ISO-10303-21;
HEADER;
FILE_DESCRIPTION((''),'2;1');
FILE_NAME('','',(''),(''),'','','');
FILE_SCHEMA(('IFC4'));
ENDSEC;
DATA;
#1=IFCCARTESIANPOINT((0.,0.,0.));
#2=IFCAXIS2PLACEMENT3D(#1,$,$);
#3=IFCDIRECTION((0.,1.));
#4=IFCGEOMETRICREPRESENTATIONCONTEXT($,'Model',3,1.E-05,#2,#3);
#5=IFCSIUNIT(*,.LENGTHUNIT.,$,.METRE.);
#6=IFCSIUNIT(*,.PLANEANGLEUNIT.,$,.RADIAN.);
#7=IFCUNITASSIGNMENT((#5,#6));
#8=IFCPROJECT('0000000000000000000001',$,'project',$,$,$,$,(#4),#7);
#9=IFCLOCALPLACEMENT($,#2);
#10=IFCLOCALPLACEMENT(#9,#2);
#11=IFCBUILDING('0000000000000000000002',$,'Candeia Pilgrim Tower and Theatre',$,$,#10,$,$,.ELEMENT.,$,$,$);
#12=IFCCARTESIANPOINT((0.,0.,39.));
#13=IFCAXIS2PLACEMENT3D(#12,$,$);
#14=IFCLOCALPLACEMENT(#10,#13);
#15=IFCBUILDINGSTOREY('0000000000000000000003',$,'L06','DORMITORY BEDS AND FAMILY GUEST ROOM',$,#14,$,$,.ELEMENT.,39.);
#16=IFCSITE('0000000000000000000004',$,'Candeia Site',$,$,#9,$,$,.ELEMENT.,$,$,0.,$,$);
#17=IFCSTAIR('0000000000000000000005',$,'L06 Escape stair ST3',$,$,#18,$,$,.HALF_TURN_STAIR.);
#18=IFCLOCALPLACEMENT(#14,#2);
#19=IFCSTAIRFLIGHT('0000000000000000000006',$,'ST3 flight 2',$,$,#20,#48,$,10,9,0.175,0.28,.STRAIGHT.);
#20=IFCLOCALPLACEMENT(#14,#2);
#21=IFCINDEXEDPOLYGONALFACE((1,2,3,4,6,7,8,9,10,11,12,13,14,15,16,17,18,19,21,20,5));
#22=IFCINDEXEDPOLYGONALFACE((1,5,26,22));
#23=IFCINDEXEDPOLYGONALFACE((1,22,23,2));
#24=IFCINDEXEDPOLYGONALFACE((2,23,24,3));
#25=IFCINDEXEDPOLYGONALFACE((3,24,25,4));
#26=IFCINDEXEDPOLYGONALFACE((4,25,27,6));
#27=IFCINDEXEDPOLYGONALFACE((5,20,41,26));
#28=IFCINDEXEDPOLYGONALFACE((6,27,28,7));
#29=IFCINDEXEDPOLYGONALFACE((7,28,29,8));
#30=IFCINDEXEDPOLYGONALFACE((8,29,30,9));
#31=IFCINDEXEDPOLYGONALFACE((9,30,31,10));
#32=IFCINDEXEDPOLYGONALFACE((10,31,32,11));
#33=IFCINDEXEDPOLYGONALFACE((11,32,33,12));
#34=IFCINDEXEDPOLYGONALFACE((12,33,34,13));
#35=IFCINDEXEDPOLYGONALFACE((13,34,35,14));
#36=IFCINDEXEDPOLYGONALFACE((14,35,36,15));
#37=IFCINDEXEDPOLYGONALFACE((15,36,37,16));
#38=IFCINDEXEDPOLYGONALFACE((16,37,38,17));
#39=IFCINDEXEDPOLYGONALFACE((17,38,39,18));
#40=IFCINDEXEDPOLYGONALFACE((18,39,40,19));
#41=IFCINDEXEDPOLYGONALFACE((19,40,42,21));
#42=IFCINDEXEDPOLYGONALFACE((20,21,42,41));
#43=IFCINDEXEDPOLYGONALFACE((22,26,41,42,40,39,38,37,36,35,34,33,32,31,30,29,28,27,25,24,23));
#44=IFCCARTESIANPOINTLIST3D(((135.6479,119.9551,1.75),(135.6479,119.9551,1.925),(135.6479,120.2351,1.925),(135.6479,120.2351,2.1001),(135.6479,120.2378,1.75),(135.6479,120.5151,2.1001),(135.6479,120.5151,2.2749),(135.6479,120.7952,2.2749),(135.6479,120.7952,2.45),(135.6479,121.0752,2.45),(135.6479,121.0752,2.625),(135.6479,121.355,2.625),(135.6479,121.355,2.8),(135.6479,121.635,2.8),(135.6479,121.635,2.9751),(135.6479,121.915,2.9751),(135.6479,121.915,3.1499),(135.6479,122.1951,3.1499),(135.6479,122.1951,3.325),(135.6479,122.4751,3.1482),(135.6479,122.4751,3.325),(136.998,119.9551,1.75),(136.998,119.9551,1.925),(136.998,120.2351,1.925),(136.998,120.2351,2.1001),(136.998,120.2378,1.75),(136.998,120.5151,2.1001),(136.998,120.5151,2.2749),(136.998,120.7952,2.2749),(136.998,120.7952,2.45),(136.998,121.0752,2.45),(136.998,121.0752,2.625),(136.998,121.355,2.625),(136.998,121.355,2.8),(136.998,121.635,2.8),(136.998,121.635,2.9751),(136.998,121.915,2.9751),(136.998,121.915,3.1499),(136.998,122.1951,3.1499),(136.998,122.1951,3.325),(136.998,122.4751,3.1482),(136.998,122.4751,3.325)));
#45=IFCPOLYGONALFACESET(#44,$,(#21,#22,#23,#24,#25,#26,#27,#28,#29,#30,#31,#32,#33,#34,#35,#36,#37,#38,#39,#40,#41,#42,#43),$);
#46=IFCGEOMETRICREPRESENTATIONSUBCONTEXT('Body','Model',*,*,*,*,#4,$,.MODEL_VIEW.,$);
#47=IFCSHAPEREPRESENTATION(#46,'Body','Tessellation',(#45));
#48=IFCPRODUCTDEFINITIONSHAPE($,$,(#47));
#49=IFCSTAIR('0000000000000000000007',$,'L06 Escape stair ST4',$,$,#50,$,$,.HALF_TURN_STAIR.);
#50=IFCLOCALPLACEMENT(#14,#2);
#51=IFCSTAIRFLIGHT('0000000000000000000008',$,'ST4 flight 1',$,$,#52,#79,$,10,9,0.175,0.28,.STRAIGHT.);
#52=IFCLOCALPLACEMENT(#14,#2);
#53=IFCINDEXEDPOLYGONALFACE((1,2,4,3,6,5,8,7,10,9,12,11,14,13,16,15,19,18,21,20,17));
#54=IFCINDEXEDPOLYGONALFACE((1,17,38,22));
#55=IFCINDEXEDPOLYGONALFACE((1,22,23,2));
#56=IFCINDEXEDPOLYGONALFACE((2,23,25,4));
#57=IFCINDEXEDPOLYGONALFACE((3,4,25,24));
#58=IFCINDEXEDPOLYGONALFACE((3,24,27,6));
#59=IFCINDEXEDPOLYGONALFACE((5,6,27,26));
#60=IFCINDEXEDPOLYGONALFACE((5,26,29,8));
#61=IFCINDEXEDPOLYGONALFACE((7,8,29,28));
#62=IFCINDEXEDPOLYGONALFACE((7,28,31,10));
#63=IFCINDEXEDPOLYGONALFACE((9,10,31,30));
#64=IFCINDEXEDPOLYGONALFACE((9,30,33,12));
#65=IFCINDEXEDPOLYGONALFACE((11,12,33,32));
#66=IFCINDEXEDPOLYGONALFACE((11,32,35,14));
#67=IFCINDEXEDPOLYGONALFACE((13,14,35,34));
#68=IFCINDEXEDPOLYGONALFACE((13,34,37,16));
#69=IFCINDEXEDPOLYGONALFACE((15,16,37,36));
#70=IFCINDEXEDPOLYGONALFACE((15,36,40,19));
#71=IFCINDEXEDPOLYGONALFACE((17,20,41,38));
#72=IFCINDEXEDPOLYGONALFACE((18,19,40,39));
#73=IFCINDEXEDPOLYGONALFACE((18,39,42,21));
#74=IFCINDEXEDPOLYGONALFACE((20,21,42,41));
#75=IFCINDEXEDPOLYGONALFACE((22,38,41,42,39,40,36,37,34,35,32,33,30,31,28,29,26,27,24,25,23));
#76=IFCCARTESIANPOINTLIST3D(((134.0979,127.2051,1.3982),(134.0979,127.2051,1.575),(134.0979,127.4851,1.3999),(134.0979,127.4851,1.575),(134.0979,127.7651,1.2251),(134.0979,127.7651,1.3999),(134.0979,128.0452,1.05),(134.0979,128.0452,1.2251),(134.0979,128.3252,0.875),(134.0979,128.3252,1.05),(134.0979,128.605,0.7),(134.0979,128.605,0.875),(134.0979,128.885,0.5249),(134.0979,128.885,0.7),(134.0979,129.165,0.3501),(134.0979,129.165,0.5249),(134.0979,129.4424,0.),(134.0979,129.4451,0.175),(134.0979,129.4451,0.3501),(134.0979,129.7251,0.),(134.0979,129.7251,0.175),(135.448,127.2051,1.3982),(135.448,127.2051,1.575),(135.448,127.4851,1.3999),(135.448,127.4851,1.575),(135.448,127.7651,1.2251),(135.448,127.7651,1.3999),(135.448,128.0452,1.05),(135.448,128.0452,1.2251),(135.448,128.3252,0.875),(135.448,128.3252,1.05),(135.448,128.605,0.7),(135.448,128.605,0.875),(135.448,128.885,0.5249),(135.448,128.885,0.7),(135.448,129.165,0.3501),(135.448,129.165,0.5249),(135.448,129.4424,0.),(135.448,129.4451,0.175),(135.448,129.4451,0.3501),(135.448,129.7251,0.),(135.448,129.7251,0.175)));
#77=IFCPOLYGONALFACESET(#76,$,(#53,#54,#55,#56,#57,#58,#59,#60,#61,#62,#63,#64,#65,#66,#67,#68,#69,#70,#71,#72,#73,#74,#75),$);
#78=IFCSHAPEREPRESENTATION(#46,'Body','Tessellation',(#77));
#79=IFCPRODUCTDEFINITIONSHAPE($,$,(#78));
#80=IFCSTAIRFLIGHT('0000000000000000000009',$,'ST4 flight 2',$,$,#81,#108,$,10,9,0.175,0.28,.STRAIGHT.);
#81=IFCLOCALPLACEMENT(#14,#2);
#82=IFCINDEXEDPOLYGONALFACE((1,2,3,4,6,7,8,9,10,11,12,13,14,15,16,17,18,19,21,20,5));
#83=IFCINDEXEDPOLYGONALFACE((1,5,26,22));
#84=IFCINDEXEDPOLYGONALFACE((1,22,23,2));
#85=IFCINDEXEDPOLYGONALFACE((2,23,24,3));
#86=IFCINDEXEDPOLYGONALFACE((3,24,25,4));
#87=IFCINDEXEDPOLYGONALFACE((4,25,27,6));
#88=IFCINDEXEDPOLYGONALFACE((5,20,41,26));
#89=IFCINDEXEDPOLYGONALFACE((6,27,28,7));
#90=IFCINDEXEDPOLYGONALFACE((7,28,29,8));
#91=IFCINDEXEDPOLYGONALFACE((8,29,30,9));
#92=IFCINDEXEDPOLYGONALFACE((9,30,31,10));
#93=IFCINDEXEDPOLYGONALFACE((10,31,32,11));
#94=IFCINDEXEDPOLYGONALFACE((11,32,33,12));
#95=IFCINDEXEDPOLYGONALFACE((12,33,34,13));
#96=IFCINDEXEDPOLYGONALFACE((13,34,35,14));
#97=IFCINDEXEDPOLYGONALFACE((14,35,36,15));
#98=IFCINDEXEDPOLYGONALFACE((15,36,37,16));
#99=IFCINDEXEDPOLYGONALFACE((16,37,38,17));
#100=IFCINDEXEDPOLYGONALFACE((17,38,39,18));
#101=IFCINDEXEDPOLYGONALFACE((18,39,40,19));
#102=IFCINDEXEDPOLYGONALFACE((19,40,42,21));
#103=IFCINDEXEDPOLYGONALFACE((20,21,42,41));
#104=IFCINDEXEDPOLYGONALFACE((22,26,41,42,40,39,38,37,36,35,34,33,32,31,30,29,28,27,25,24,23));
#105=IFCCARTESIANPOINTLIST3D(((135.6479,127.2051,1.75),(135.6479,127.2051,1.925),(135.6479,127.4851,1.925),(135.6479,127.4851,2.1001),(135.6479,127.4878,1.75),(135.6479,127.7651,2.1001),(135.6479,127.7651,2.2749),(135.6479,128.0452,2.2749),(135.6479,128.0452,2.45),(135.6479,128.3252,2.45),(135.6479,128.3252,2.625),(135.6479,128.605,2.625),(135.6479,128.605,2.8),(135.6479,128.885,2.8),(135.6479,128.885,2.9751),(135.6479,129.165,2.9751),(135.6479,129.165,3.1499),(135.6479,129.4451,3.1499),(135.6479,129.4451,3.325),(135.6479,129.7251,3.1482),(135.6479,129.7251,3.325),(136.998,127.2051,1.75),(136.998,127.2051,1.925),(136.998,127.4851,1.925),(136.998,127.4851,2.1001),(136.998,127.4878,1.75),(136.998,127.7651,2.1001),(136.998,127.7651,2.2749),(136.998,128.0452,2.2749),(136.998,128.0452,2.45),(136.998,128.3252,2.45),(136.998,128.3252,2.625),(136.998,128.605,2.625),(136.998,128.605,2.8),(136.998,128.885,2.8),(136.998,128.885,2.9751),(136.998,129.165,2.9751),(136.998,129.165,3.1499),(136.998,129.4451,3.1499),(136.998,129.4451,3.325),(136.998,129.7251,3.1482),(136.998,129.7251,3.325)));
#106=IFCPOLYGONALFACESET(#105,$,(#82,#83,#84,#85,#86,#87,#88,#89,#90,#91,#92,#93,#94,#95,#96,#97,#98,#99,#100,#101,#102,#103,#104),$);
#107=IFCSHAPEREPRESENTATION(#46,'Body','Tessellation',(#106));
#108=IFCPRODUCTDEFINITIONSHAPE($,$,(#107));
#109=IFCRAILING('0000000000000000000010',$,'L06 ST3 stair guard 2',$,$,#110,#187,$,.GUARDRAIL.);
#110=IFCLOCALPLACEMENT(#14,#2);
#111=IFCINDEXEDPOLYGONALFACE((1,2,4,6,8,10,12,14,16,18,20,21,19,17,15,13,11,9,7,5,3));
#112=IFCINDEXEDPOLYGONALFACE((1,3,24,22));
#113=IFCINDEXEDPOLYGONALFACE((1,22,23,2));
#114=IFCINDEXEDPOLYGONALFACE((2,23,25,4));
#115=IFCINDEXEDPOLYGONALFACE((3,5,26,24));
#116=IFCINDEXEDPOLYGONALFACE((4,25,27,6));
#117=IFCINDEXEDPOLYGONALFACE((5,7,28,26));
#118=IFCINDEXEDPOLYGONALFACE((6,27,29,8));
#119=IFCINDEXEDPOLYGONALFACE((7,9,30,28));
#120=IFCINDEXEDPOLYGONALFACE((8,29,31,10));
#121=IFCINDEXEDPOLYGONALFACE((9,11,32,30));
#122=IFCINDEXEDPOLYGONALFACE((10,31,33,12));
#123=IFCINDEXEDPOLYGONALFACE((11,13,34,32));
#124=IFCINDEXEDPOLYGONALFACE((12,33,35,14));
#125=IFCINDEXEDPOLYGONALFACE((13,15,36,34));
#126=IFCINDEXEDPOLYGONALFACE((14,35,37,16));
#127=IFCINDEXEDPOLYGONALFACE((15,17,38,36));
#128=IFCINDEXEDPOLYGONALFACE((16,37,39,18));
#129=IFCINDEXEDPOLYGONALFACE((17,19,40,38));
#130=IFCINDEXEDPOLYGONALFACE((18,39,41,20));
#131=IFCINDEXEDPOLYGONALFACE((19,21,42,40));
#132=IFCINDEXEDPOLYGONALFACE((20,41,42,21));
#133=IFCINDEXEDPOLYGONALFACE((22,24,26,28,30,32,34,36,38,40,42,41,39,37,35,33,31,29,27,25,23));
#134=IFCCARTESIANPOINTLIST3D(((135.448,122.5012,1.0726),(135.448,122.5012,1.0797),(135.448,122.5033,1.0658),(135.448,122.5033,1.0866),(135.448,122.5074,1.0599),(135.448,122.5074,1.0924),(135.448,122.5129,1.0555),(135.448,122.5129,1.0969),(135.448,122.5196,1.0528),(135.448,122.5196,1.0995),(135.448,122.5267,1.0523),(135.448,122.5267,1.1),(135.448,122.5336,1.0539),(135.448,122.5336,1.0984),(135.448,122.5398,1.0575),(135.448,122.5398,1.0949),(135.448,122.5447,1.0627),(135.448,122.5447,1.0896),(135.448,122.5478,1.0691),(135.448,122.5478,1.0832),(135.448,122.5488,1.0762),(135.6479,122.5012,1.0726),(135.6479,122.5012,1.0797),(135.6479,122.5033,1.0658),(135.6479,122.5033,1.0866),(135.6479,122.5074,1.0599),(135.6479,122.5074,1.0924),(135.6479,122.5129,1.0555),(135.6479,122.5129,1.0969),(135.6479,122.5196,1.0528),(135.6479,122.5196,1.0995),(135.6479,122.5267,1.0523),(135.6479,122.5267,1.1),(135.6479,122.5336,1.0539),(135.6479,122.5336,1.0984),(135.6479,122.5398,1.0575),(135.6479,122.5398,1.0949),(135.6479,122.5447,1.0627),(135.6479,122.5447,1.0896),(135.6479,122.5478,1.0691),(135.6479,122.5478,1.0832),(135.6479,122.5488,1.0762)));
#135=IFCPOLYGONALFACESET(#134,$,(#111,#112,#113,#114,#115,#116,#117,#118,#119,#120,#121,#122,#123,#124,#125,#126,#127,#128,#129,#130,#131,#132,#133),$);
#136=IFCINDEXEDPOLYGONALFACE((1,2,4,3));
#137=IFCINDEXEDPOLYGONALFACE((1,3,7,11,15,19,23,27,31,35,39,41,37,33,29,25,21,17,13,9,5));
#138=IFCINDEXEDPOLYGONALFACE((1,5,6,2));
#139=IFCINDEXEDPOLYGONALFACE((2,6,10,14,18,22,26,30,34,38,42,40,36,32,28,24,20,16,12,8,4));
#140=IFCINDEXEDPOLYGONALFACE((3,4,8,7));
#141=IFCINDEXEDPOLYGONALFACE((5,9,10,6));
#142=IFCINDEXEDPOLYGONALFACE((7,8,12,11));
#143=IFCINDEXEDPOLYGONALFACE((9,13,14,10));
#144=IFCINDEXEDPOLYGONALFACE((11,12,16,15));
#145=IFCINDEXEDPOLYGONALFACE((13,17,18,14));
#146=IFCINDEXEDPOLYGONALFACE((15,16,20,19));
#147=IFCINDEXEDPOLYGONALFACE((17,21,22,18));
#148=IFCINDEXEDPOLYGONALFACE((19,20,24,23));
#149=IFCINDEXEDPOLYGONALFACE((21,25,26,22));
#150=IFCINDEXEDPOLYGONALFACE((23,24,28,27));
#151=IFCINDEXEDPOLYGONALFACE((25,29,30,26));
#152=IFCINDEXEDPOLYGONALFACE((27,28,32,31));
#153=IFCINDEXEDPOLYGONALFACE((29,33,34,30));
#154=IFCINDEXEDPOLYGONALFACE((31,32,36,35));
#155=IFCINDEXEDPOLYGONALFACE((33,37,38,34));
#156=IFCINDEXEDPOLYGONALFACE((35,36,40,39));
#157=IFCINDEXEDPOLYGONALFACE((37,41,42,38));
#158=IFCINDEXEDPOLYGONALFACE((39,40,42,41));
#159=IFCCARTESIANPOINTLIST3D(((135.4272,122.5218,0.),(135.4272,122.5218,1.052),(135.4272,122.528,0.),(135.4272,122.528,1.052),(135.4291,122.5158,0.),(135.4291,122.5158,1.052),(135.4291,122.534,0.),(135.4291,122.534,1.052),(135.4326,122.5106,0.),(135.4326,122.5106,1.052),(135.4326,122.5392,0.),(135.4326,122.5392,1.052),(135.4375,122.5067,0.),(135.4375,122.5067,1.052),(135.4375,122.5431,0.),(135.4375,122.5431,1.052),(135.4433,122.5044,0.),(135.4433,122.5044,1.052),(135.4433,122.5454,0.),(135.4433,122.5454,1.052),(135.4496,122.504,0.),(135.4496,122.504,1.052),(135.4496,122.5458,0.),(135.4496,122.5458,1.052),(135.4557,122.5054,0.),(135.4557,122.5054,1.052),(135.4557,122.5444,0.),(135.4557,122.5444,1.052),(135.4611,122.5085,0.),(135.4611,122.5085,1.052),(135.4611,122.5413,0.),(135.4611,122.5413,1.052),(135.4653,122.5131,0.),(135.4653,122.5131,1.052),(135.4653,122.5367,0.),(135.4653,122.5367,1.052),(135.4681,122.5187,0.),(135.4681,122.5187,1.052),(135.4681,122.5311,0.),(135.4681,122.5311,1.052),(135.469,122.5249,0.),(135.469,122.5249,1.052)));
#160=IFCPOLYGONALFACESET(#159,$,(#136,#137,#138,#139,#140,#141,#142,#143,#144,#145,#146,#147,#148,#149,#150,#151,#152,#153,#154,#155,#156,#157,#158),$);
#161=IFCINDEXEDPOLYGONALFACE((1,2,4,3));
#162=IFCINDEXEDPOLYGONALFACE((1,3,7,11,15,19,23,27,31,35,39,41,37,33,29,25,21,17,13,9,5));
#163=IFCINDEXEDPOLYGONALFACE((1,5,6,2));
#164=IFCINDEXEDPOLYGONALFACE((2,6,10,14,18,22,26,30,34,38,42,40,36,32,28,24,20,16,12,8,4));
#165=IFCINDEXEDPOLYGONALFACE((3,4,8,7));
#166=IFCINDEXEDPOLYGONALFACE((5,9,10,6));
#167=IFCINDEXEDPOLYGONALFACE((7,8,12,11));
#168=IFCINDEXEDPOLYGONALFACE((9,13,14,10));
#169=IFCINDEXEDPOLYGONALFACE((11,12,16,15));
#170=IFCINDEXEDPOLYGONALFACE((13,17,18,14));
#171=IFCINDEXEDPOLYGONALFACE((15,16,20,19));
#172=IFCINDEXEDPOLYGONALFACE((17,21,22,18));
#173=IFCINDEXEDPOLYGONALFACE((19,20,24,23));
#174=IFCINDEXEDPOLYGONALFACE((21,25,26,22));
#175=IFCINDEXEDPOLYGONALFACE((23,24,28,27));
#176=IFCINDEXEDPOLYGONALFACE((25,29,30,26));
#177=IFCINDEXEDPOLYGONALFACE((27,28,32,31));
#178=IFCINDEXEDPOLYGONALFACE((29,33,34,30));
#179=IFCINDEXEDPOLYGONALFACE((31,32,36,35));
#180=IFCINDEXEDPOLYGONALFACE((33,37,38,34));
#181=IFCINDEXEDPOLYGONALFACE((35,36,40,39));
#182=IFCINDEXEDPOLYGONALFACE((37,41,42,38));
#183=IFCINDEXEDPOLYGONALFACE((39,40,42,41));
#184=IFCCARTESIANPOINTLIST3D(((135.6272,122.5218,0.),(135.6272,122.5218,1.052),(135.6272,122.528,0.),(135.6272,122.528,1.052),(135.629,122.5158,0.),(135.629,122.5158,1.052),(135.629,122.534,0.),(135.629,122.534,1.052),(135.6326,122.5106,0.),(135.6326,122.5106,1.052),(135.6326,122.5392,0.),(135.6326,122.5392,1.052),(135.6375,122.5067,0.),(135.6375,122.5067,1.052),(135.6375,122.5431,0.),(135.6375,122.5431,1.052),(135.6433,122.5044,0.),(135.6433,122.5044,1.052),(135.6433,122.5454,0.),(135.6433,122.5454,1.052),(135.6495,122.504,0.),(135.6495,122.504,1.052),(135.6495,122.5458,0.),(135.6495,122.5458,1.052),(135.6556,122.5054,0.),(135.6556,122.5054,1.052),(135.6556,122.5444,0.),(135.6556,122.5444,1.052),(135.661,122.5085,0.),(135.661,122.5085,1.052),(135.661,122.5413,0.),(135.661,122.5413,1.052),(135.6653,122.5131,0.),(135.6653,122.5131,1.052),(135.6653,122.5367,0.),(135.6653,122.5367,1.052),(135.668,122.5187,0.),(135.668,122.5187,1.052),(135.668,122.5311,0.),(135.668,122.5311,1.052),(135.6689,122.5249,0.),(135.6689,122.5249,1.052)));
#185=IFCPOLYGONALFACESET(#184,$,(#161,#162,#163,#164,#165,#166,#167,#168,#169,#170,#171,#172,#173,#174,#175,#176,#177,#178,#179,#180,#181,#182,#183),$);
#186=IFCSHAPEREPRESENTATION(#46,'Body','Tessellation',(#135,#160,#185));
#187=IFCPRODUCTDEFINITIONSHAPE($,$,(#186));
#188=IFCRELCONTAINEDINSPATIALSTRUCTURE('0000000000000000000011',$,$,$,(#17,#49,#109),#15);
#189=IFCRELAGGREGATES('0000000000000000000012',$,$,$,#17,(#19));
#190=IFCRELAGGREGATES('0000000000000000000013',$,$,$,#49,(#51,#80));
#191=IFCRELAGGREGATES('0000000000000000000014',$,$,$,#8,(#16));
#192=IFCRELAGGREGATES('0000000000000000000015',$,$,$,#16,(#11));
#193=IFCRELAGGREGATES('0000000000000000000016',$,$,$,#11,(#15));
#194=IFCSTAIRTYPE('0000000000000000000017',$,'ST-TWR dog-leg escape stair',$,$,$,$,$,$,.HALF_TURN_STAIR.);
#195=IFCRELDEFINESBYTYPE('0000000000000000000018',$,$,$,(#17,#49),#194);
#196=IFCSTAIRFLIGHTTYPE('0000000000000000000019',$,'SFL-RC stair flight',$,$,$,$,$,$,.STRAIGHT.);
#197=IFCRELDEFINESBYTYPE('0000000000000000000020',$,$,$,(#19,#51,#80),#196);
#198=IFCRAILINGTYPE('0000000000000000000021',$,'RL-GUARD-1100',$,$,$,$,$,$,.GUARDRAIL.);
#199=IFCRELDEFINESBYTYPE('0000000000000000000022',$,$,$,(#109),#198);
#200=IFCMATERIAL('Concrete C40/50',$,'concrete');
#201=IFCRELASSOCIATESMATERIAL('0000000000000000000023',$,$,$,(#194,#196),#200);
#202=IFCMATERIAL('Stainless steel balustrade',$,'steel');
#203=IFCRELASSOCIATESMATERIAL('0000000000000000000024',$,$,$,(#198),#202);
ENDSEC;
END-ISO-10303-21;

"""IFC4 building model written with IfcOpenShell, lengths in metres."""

from ifc_helpers import new_model, si_unit, direction, frame, origin, origin_2d, place, context, subcontext, project, spatial, polyline, circle, outline, extrude, material, type_object, element, aggregate, save


model = new_model("IFC4")

# Units and contexts
model_context = context("Model", 3, precision=1e-05, world=origin(), true_north=direction((0.0, 1.0)))
body_context = subcontext(model_context, "Body", "Model", "MODEL_VIEW")
ifc_project = project(units=[si_unit("LENGTHUNIT", "METRE"), si_unit("PLANEANGLEUNIT", "RADIAN")], contexts=[model_context])

# Site, building, storey
site_placement = place(None, origin())
site = spatial("IfcSite", under=ifc_project, at=site_placement, Name="Candeia Site", CompositionType="ELEMENT", RefElevation=0.0)
building_placement = place(site_placement, origin())
building = spatial("IfcBuilding", under=site, at=building_placement, Name="Candeia Pilgrim Tower and Theatre", CompositionType="ELEMENT")
storey_placement = place(building_placement, frame((0.0, 0.0, 39.0)))
storey = spatial("IfcBuildingStorey", under=building, at=storey_placement, Name="L06", Description="DORMITORY BEDS AND FAMILY GUEST ROOM", CompositionType="ELEMENT", Elevation=39.0)

# Shared definitions
ifc_material_1 = material(Name="Concrete C40/50", Category="concrete")

# Stairs, stair flights
stair_type = type_object("IfcStairType", Name="ST-TWR dog-leg escape stair", PredefinedType="HALF_TURN_STAIR", material=ifc_material_1)
stair_1_placement = place(storey_placement, origin())
stair_1 = element("IfcStair", 1, at=stair_1_placement, inside=storey, type_object=stair_type, Name="L06 Escape stair ST3", PredefinedType="HALF_TURN_STAIR")
stair_flight_type = type_object("IfcStairFlightType", Name="SFL-RC stair flight", PredefinedType="STRAIGHT", material=ifc_material_1)
stair_flight_1_placement = place(storey_placement, frame((136.323, 119.9551, 1.75), z_axis=(0.0, 0.0, 1.0), x_axis=(0.0, 1.0, 0.0)))
stair_flight_1 = element("IfcStairFlight", 2, at=stair_flight_1_placement, type_object=stair_flight_type, Name="ST3 flight 2", NumberOfRisers=10, NumberOfTreads=9, PredefinedType="STRAIGHT", RiserHeight=0.175, TreadLength=0.28, context=body_context, shape_type="SweptSolid", body=[
    extrude(outline(polyline([(0.0, 0.0), (0.0, 0.175), (0.28, 0.175), (0.28, 0.3501), (0.5601, 0.3501), (0.5601, 0.5249), (0.8401, 0.5249), (0.8401, 0.7), (1.1201, 0.7), (1.1201, 0.875), (1.3999, 0.875), (1.3999, 1.05), (1.6799, 1.05), (1.6799, 1.2251), (1.96, 1.2251), (1.96, 1.3999), (2.24, 1.3999), (2.24, 1.575), (2.52, 1.575), (2.52, 1.75), (2.52, 1.3982), (0.2827, 0.0), (0.0, 0.0)])), frame((0.0, 0.675, 0.0), z_axis=(0.0, -1.0, 0.0), x_axis=(1.0, 0.0, 0.0)), (0.0, 0.0, 1.0), 1.3501),
])
aggregate(stair_1, [stair_flight_1])
stair_2_placement = place(storey_placement, origin())
stair_2 = element("IfcStair", 3, at=stair_2_placement, inside=storey, type_object=stair_type, Name="L06 Escape stair ST4", PredefinedType="HALF_TURN_STAIR")
stair_flight_2_placement = place(storey_placement, frame((134.7729, 129.7251, 0.0), z_axis=(0.0, 0.0, 1.0), x_axis=(0.0, -1.0, 0.0)))
stair_flight_2 = element("IfcStairFlight", 4, at=stair_flight_2_placement, type_object=stair_flight_type, Name="ST4 flight 1", NumberOfRisers=10, NumberOfTreads=9, PredefinedType="STRAIGHT", RiserHeight=0.175, TreadLength=0.28, context=body_context, shape_type="SweptSolid", body=[
    extrude(outline(polyline([(0.0, 0.0), (0.0, 0.175), (0.28, 0.175), (0.28, 0.3501), (0.5601, 0.3501), (0.5601, 0.5249), (0.8401, 0.5249), (0.8401, 0.7), (1.1201, 0.7), (1.1201, 0.875), (1.3999, 0.875), (1.3999, 1.05), (1.6799, 1.05), (1.6799, 1.2251), (1.96, 1.2251), (1.96, 1.3999), (2.24, 1.3999), (2.24, 1.575), (2.52, 1.575), (2.52, 1.75), (2.52, 1.3982), (0.2827, 0.0), (0.0, 0.0)])), frame((0.0, 0.675, 0.0), z_axis=(0.0, -1.0, 0.0), x_axis=(1.0, 0.0, 0.0)), (0.0, 0.0, 1.0), 1.3501),
])
stair_flight_3_placement = place(storey_placement, frame((136.323, 127.2051, 1.75), z_axis=(0.0, 0.0, 1.0), x_axis=(0.0, 1.0, 0.0)))
stair_flight_3 = element("IfcStairFlight", 5, at=stair_flight_3_placement, type_object=stair_flight_type, Name="ST4 flight 2", NumberOfRisers=10, NumberOfTreads=9, PredefinedType="STRAIGHT", RiserHeight=0.175, TreadLength=0.28, context=body_context, shape_type="SweptSolid", body=[
    extrude(outline(polyline([(0.0, 0.0), (0.0, 0.175), (0.28, 0.175), (0.28, 0.3501), (0.5601, 0.3501), (0.5601, 0.5249), (0.8401, 0.5249), (0.8401, 0.7), (1.1201, 0.7), (1.1201, 0.875), (1.3999, 0.875), (1.3999, 1.05), (1.6799, 1.05), (1.6799, 1.2251), (1.96, 1.2251), (1.96, 1.3999), (2.24, 1.3999), (2.24, 1.575), (2.52, 1.575), (2.52, 1.75), (2.52, 1.3982), (0.2827, 0.0), (0.0, 0.0)])), frame((0.0, 0.675, 0.0), z_axis=(0.0, -1.0, 0.0), x_axis=(1.0, 0.0, 0.0)), (0.0, 0.0, 1.0), 1.3501),
])
aggregate(stair_2, [stair_flight_2, stair_flight_3])

# Railing
ifc_material_2 = material(Name="Stainless steel balustrade", Category="steel")
railing_type_1 = type_object("IfcRailingType", Name="RL-GUARD-1100", PredefinedType="GUARDRAIL", material=ifc_material_2)
railing_1_placement = place(storey_placement, frame((135.448, 122.5249, 0.0)))
element("IfcRailing", 6, at=railing_1_placement, inside=storey, type_object=railing_type_1, Name="L06 ST3 stair guard 2", PredefinedType="GUARDRAIL", context=body_context, shape_type="SweptSolid", body=[
    extrude(circle(Radius=0.0239, at=origin_2d()), frame((0.0, 0.0, 1.0762), z_axis=(1.0, 0.0, 0.0), x_axis=(0.0, 1.0, 0.0)), (0.0, 0.0, 1.0), 0.2),
    extrude(circle(Radius=0.021, at=origin_2d()), origin(), (0.0, 0.0, 1.0), 1.052),
    extrude(circle(Radius=0.021, at=origin_2d()), frame((0.2, 0.0, 0.0)), (0.0, 0.0, 1.0), 1.052),
])

save(model, "model.ifc")
